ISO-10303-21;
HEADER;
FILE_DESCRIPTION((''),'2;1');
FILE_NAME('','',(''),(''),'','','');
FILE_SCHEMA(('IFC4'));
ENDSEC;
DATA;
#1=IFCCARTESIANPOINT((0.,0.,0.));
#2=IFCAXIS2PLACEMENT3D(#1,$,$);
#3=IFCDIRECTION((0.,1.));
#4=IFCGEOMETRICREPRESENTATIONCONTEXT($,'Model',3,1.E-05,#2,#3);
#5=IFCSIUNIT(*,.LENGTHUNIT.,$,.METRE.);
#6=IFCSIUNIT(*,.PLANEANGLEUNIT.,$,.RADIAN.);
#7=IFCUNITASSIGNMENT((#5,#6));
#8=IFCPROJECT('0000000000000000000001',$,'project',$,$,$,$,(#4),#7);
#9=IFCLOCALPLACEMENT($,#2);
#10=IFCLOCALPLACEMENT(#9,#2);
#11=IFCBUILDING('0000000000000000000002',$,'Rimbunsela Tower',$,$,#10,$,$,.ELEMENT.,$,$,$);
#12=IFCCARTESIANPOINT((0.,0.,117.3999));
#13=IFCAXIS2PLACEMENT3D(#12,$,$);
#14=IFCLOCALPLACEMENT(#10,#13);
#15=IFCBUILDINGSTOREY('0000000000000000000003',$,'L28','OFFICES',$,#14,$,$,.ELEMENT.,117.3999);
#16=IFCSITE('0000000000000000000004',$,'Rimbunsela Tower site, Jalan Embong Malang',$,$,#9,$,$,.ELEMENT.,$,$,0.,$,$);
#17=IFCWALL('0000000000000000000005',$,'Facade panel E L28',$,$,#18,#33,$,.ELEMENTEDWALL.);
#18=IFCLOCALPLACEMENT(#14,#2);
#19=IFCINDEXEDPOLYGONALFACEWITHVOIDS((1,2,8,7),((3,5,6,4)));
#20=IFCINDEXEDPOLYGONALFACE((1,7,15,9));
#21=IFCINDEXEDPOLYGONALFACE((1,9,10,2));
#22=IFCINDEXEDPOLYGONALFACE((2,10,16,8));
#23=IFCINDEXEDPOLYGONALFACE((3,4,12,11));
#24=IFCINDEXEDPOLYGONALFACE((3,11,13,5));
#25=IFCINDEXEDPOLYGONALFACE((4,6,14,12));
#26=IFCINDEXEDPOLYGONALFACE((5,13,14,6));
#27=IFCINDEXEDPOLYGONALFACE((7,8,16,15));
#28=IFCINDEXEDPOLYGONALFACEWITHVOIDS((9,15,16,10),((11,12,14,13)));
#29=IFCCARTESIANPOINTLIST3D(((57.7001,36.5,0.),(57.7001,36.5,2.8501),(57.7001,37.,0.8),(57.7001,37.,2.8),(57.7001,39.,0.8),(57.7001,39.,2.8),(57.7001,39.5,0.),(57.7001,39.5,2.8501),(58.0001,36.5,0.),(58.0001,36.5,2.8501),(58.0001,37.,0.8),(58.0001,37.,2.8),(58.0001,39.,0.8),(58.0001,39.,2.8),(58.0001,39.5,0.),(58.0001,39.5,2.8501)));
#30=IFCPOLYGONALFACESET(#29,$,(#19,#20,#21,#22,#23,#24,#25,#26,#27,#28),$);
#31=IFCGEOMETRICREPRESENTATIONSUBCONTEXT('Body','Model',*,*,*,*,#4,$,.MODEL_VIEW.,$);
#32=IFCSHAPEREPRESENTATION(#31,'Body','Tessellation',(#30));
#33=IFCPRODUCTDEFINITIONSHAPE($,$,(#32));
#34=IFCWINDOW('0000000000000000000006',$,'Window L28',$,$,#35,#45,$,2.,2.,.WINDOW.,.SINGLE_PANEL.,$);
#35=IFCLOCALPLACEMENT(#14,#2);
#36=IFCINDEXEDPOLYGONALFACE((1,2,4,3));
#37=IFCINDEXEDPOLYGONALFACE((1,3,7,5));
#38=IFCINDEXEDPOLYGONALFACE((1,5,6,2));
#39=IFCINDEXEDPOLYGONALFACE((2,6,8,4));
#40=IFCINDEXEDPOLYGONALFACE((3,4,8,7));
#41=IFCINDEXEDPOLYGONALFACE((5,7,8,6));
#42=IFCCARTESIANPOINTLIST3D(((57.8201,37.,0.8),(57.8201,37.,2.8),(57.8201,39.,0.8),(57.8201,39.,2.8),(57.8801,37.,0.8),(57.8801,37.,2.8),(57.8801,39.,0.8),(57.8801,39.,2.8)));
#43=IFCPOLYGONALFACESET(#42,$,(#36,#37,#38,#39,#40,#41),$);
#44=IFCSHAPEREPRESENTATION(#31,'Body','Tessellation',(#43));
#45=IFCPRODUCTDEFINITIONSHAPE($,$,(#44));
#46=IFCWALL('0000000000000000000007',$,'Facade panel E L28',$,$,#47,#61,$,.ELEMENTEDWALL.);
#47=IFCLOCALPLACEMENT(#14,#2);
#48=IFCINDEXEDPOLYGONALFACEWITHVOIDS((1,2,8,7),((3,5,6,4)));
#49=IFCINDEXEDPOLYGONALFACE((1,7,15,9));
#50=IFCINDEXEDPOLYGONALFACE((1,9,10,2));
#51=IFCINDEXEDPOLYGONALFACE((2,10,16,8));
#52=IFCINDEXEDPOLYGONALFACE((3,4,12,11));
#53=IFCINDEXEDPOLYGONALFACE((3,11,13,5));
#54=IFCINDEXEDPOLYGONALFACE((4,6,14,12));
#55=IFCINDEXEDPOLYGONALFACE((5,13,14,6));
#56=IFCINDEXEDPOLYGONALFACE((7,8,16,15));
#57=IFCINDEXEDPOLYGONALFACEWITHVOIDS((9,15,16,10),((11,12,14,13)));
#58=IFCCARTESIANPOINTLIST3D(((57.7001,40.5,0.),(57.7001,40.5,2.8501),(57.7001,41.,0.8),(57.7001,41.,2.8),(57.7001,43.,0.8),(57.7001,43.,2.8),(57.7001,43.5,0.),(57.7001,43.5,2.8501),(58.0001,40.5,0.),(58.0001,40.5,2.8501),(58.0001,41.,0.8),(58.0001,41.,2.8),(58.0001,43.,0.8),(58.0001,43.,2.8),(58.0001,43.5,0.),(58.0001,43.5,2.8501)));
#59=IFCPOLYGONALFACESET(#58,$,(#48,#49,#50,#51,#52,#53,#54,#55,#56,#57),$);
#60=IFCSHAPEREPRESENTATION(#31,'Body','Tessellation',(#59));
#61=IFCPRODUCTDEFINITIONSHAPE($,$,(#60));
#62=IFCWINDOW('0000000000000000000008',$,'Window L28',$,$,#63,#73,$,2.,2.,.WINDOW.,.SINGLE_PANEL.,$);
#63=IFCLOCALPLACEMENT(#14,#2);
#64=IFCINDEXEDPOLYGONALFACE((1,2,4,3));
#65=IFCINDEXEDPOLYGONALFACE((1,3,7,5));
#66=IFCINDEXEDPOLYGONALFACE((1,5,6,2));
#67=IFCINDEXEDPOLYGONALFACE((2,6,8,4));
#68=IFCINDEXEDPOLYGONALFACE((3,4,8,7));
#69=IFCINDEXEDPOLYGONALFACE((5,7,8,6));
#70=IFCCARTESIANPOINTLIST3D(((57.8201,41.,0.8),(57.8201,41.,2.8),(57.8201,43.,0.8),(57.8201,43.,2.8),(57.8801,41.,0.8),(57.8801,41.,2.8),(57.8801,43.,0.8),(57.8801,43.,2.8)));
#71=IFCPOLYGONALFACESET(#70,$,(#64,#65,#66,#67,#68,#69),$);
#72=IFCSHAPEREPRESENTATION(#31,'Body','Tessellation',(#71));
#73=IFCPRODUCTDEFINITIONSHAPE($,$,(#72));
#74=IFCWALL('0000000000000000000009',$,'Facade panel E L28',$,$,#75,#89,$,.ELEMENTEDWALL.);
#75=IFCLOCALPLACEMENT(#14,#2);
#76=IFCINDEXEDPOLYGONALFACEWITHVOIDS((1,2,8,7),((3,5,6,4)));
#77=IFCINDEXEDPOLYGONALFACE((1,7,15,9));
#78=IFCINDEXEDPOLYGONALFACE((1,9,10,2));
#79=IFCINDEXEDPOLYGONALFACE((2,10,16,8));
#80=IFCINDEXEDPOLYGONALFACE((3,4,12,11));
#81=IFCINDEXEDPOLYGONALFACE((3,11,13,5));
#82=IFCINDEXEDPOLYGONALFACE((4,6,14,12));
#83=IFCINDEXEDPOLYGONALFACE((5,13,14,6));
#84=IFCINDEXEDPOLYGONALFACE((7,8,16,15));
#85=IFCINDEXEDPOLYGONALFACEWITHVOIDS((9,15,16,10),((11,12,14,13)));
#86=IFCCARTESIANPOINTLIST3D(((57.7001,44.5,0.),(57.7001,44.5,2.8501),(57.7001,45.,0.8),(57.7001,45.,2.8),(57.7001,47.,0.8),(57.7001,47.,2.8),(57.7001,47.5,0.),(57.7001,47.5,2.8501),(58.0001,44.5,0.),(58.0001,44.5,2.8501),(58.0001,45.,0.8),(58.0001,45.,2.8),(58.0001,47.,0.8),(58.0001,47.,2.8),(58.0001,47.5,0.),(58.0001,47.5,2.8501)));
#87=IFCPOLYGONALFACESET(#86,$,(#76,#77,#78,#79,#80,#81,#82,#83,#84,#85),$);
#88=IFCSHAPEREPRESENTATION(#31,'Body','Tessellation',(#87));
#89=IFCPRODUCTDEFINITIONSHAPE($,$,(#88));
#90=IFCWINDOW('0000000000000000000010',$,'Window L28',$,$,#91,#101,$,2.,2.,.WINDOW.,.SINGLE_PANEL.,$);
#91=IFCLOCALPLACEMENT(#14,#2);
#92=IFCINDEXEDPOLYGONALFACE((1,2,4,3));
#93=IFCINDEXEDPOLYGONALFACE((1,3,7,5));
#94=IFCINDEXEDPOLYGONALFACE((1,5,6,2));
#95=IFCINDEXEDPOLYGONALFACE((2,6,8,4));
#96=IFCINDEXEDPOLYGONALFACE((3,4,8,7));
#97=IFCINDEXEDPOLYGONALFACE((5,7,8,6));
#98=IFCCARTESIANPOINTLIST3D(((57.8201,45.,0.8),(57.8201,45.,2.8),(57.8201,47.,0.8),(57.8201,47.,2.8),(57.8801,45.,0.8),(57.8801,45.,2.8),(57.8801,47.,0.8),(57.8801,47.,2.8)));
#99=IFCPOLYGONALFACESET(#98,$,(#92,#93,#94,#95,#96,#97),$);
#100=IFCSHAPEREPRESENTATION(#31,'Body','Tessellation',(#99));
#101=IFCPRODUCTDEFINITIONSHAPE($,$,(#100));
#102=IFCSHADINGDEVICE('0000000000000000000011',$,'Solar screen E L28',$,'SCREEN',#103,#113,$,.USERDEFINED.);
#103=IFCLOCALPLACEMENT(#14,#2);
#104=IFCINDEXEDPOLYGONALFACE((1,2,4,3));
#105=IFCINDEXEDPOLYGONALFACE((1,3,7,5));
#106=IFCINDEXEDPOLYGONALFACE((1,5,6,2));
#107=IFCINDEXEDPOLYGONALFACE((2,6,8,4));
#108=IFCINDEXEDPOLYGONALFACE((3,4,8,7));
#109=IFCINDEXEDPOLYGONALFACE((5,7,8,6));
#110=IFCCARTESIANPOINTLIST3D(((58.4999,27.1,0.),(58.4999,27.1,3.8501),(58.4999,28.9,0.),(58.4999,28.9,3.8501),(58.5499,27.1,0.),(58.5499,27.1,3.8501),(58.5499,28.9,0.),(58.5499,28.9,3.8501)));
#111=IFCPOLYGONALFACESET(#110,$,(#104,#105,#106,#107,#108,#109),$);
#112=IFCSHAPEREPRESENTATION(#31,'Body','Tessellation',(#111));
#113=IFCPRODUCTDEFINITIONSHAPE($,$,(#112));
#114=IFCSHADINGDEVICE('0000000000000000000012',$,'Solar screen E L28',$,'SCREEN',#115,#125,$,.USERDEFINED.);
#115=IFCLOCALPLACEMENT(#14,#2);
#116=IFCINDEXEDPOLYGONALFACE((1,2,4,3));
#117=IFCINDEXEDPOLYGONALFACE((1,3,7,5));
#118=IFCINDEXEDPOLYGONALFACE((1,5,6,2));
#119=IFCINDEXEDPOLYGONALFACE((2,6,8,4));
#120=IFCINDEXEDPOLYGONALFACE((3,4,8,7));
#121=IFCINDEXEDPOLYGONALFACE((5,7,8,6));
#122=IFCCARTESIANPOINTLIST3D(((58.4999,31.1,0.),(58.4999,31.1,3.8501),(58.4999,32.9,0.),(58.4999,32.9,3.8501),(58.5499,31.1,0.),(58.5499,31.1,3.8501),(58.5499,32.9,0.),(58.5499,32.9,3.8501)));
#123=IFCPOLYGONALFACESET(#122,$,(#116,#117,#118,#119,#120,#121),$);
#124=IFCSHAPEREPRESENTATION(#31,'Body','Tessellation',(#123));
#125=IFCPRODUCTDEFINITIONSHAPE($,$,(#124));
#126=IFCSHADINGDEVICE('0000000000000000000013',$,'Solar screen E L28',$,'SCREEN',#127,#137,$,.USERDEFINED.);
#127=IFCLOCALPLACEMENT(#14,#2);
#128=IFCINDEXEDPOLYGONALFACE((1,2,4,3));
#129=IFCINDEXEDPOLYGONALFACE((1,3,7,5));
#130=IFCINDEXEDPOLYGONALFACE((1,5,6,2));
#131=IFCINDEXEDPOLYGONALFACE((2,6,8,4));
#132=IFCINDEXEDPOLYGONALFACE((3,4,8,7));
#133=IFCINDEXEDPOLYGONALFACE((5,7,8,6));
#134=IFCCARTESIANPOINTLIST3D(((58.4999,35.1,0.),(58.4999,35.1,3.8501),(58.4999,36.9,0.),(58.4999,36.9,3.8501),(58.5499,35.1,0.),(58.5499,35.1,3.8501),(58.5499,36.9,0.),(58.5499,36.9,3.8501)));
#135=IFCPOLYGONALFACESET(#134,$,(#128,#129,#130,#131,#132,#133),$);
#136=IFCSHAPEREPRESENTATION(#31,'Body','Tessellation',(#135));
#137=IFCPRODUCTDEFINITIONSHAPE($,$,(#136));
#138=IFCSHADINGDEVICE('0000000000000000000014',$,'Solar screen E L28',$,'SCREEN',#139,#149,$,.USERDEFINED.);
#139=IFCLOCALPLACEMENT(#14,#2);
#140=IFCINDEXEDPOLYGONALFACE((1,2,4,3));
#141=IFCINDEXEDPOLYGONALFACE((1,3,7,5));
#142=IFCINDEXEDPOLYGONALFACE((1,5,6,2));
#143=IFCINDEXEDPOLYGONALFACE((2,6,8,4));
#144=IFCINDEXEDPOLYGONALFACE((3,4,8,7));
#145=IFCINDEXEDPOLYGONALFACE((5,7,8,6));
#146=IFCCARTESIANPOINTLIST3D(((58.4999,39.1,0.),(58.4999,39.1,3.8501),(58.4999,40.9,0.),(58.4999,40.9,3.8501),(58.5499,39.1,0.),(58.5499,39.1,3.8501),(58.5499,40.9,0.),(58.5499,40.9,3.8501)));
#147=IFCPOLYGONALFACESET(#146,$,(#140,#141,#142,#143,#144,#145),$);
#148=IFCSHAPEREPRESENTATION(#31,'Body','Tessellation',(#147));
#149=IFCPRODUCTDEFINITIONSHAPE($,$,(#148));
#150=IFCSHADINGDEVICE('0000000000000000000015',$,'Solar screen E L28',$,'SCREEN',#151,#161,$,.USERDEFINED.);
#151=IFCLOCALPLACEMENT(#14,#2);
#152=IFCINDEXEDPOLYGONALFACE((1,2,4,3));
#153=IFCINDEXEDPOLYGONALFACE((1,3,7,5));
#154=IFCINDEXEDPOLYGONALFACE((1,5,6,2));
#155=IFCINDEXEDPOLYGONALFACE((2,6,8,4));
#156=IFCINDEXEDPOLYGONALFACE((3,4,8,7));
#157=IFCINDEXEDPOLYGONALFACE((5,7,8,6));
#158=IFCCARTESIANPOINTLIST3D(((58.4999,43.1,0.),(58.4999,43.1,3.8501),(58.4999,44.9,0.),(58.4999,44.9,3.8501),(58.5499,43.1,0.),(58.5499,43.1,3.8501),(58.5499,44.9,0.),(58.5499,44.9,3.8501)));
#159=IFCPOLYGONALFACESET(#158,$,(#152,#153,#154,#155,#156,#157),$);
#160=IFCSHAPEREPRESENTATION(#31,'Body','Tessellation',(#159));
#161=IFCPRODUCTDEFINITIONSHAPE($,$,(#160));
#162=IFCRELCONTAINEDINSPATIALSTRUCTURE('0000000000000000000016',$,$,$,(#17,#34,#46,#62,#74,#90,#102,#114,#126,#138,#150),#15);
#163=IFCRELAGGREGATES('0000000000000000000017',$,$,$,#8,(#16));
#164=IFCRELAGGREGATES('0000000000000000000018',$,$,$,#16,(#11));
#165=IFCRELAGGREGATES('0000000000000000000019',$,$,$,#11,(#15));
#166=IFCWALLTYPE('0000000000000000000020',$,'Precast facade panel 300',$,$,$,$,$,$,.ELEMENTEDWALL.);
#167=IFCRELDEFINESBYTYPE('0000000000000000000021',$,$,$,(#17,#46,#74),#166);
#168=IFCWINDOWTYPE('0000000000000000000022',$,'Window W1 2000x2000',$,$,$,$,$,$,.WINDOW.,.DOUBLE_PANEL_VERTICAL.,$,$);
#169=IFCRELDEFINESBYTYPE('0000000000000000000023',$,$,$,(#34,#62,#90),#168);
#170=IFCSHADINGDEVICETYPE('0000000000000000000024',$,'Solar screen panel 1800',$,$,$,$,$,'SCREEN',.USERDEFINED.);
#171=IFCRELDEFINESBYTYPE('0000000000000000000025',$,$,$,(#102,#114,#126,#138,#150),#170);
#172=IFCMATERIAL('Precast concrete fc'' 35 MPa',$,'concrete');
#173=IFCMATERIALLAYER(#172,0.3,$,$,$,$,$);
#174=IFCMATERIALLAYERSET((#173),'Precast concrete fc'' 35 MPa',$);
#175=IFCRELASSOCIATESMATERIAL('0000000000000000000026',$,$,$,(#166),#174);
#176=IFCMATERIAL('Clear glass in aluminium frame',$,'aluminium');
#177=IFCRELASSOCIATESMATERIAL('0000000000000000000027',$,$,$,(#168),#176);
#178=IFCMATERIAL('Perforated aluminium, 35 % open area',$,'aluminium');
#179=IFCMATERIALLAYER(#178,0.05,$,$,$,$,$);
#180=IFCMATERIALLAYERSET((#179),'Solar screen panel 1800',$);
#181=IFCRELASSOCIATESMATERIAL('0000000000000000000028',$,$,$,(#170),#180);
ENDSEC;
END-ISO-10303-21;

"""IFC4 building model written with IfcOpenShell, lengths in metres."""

from ifc_helpers import new_model, si_unit, direction, frame, frame_2d, origin, origin_2d, place, context, subcontext, project, spatial, rectangle, extrude, material, layer, layer_set, type_object, element, fill, save


model = new_model("IFC4")

# Units and contexts
model_context = context("Model", 3, precision=1e-05, world=origin(), true_north=direction((0.0, 1.0)))
body_context = subcontext(model_context, "Body", "Model", "MODEL_VIEW")
ifc_project = project(units=[si_unit("LENGTHUNIT", "METRE"), si_unit("PLANEANGLEUNIT", "RADIAN")], contexts=[model_context])

# Site, building, storey
site_placement = place(None, origin())
site = spatial("IfcSite", under=ifc_project, at=site_placement, Name="Rimbunsela Tower site, Jalan Embong Malang", CompositionType="ELEMENT", RefElevation=0.0)
building_placement = place(site_placement, origin())
building = spatial("IfcBuilding", under=site, at=building_placement, Name="Rimbunsela Tower", CompositionType="ELEMENT")
storey_placement = place(building_placement, frame((0.0, 0.0, 117.3999)))
storey = spatial("IfcBuildingStorey", under=building, at=storey_placement, Name="L28", Description="OFFICES", CompositionType="ELEMENT", Elevation=117.3999)

# Walls, openings, windows
ifc_material_1 = material(Name="Precast concrete fc' 35 MPa", Category="concrete")
ifc_layer_1 = layer(ifc_material_1, 0.3)
ifc_layer_set_1 = layer_set([ifc_layer_1], Name="Precast concrete fc' 35 MPa")
wall_type_1 = type_object("IfcWallType", Name="Precast facade panel 300", PredefinedType="ELEMENTEDWALL", material=ifc_layer_set_1)
ifc_material_2 = material(Name="Clear glass in aluminium frame", Category="aluminium")
window_type = type_object("IfcWindowType", Name="Window W1 2000x2000", PartitioningType="DOUBLE_PANEL_VERTICAL", PredefinedType="WINDOW", material=ifc_material_2)
wall_1_placement = place(storey_placement, frame((57.8501, 36.5, 0.0), z_axis=(0.0, 0.0, 1.0), x_axis=(0.0, 1.0, 0.0)))
wall_1 = element("IfcWall", 1, at=wall_1_placement, inside=storey, type_object=wall_type_1, Name="Facade panel E L28", PredefinedType="ELEMENTEDWALL", context=body_context, shape_type="SweptSolid", body=[
    extrude(rectangle(XDim=3.0, YDim=0.3, at=frame_2d((1.5, 0.0))), origin(), (0.0, 0.0, 1.0), 2.8501),
])
opening_1_placement = place(wall_1_placement, frame((0.5, 0.0, 0.8)))
opening_1 = element("IfcOpeningElement", 2, at=opening_1_placement, cuts=wall_1, PredefinedType="OPENING", context=body_context, shape_type="SweptSolid", body=[
    extrude(rectangle(XDim=2.0, YDim=2.0, at=frame_2d((1.0, 1.0))), frame((0.0, 0.1599, 0.0), z_axis=(0.0, -1.0, 0.0), x_axis=(1.0, 0.0, 0.0)), (0.0, 0.0, 1.0), 0.3201),
])
window_1_placement = place(opening_1_placement, origin())
window_1 = element("IfcWindow", 3, at=window_1_placement, inside=storey, type_object=window_type, Name="Window L28", OverallHeight=2.0, OverallWidth=2.0, PartitioningType="SINGLE_PANEL", PredefinedType="WINDOW", context=body_context, shape_type="SweptSolid", body=[
    extrude(rectangle(XDim=2.0, YDim=2.0, at=frame_2d((1.0, 1.0))), frame((0.0, 0.03, 0.0), z_axis=(0.0, -1.0, 0.0), x_axis=(1.0, 0.0, 0.0)), (0.0, 0.0, 1.0), 0.0601),
])
fill(opening_1, window_1)
wall_2_placement = place(storey_placement, frame((57.8501, 40.5, 0.0), z_axis=(0.0, 0.0, 1.0), x_axis=(0.0, 1.0, 0.0)))
wall_2 = element("IfcWall", 4, at=wall_2_placement, inside=storey, type_object=wall_type_1, Name="Facade panel E L28", PredefinedType="ELEMENTEDWALL", context=body_context, shape_type="SweptSolid", body=[
    extrude(rectangle(XDim=3.0, YDim=0.3, at=frame_2d((1.5, 0.0))), origin(), (0.0, 0.0, 1.0), 2.8501),
])
opening_2_placement = place(wall_2_placement, frame((0.5, 0.0, 0.8)))
opening_2 = element("IfcOpeningElement", 5, at=opening_2_placement, cuts=wall_2, PredefinedType="OPENING", context=body_context, shape_type="SweptSolid", body=[
    extrude(rectangle(XDim=2.0, YDim=2.0, at=frame_2d((1.0, 1.0))), frame((0.0, 0.1599, 0.0), z_axis=(0.0, -1.0, 0.0), x_axis=(1.0, 0.0, 0.0)), (0.0, 0.0, 1.0), 0.3201),
])
window_2_placement = place(opening_2_placement, origin())
window_2 = element("IfcWindow", 6, at=window_2_placement, inside=storey, type_object=window_type, Name="Window L28", OverallHeight=2.0, OverallWidth=2.0, PartitioningType="SINGLE_PANEL", PredefinedType="WINDOW", context=body_context, shape_type="SweptSolid", body=[
    extrude(rectangle(XDim=2.0, YDim=2.0, at=frame_2d((1.0, 1.0))), frame((0.0, 0.03, 0.0), z_axis=(0.0, -1.0, 0.0), x_axis=(1.0, 0.0, 0.0)), (0.0, 0.0, 1.0), 0.0601),
])
fill(opening_2, window_2)
wall_3_placement = place(storey_placement, frame((57.8501, 44.5, 0.0), z_axis=(0.0, 0.0, 1.0), x_axis=(0.0, 1.0, 0.0)))
wall_3 = element("IfcWall", 7, at=wall_3_placement, inside=storey, type_object=wall_type_1, Name="Facade panel E L28", PredefinedType="ELEMENTEDWALL", context=body_context, shape_type="SweptSolid", body=[
    extrude(rectangle(XDim=3.0, YDim=0.3, at=frame_2d((1.5, 0.0))), origin(), (0.0, 0.0, 1.0), 2.8501),
])
opening_3_placement = place(wall_3_placement, frame((0.5, 0.0, 0.8)))
opening_3 = element("IfcOpeningElement", 8, at=opening_3_placement, cuts=wall_3, PredefinedType="OPENING", context=body_context, shape_type="SweptSolid", body=[
    extrude(rectangle(XDim=2.0, YDim=2.0, at=frame_2d((1.0, 1.0))), frame((0.0, 0.1599, 0.0), z_axis=(0.0, -1.0, 0.0), x_axis=(1.0, 0.0, 0.0)), (0.0, 0.0, 1.0), 0.3201),
])
window_3_placement = place(opening_3_placement, origin())
window_3 = element("IfcWindow", 9, at=window_3_placement, inside=storey, type_object=window_type, Name="Window L28", OverallHeight=2.0, OverallWidth=2.0, PartitioningType="SINGLE_PANEL", PredefinedType="WINDOW", context=body_context, shape_type="SweptSolid", body=[
    extrude(rectangle(XDim=2.0, YDim=2.0, at=frame_2d((1.0, 1.0))), frame((0.0, 0.03, 0.0), z_axis=(0.0, -1.0, 0.0), x_axis=(1.0, 0.0, 0.0)), (0.0, 0.0, 1.0), 0.0601),
])
fill(opening_3, window_3)

# Shading devices
ifc_material_3 = material(Name="Perforated aluminium, 35 % open area", Category="aluminium")
ifc_layer_2 = layer(ifc_material_3, 0.05)
ifc_layer_set_2 = layer_set([ifc_layer_2], Name="Solar screen panel 1800")
shading_device_type = type_object("IfcShadingDeviceType", Name="Solar screen panel 1800", ElementType="SCREEN", PredefinedType="USERDEFINED", material=ifc_layer_set_2)
for number, where, z_axis, x_axis, name in (
    (10, (58.5249, 28.0, 0.0), (0.0, 0.0, 1.0), (0.0, 1.0, 0.0), "Solar screen E L28"),
    (11, (58.5249, 32.0, 0.0), (0.0, 0.0, 1.0), (0.0, 1.0, 0.0), "Solar screen E L28"),
    (12, (58.5249, 36.0, 0.0), (0.0, 0.0, 1.0), (0.0, 1.0, 0.0), "Solar screen E L28"),
    (13, (58.5249, 40.0, 0.0), (0.0, 0.0, 1.0), (0.0, 1.0, 0.0), "Solar screen E L28"),
    (14, (58.5249, 44.0, 0.0), (0.0, 0.0, 1.0), (0.0, 1.0, 0.0), "Solar screen E L28"),
):
    element("IfcShadingDevice", number, at=place(storey_placement, frame(where, z_axis=z_axis, x_axis=x_axis)), inside=storey, type_object=shading_device_type, Name=name, ObjectType="SCREEN", PredefinedType="USERDEFINED", context=body_context, shape_type="SweptSolid", body=[
        extrude(rectangle(XDim=1.8, YDim=0.05, at=origin_2d()), origin(), (0.0, 0.0, 1.0), 3.8501),
    ])

save(model, "model.ifc")
